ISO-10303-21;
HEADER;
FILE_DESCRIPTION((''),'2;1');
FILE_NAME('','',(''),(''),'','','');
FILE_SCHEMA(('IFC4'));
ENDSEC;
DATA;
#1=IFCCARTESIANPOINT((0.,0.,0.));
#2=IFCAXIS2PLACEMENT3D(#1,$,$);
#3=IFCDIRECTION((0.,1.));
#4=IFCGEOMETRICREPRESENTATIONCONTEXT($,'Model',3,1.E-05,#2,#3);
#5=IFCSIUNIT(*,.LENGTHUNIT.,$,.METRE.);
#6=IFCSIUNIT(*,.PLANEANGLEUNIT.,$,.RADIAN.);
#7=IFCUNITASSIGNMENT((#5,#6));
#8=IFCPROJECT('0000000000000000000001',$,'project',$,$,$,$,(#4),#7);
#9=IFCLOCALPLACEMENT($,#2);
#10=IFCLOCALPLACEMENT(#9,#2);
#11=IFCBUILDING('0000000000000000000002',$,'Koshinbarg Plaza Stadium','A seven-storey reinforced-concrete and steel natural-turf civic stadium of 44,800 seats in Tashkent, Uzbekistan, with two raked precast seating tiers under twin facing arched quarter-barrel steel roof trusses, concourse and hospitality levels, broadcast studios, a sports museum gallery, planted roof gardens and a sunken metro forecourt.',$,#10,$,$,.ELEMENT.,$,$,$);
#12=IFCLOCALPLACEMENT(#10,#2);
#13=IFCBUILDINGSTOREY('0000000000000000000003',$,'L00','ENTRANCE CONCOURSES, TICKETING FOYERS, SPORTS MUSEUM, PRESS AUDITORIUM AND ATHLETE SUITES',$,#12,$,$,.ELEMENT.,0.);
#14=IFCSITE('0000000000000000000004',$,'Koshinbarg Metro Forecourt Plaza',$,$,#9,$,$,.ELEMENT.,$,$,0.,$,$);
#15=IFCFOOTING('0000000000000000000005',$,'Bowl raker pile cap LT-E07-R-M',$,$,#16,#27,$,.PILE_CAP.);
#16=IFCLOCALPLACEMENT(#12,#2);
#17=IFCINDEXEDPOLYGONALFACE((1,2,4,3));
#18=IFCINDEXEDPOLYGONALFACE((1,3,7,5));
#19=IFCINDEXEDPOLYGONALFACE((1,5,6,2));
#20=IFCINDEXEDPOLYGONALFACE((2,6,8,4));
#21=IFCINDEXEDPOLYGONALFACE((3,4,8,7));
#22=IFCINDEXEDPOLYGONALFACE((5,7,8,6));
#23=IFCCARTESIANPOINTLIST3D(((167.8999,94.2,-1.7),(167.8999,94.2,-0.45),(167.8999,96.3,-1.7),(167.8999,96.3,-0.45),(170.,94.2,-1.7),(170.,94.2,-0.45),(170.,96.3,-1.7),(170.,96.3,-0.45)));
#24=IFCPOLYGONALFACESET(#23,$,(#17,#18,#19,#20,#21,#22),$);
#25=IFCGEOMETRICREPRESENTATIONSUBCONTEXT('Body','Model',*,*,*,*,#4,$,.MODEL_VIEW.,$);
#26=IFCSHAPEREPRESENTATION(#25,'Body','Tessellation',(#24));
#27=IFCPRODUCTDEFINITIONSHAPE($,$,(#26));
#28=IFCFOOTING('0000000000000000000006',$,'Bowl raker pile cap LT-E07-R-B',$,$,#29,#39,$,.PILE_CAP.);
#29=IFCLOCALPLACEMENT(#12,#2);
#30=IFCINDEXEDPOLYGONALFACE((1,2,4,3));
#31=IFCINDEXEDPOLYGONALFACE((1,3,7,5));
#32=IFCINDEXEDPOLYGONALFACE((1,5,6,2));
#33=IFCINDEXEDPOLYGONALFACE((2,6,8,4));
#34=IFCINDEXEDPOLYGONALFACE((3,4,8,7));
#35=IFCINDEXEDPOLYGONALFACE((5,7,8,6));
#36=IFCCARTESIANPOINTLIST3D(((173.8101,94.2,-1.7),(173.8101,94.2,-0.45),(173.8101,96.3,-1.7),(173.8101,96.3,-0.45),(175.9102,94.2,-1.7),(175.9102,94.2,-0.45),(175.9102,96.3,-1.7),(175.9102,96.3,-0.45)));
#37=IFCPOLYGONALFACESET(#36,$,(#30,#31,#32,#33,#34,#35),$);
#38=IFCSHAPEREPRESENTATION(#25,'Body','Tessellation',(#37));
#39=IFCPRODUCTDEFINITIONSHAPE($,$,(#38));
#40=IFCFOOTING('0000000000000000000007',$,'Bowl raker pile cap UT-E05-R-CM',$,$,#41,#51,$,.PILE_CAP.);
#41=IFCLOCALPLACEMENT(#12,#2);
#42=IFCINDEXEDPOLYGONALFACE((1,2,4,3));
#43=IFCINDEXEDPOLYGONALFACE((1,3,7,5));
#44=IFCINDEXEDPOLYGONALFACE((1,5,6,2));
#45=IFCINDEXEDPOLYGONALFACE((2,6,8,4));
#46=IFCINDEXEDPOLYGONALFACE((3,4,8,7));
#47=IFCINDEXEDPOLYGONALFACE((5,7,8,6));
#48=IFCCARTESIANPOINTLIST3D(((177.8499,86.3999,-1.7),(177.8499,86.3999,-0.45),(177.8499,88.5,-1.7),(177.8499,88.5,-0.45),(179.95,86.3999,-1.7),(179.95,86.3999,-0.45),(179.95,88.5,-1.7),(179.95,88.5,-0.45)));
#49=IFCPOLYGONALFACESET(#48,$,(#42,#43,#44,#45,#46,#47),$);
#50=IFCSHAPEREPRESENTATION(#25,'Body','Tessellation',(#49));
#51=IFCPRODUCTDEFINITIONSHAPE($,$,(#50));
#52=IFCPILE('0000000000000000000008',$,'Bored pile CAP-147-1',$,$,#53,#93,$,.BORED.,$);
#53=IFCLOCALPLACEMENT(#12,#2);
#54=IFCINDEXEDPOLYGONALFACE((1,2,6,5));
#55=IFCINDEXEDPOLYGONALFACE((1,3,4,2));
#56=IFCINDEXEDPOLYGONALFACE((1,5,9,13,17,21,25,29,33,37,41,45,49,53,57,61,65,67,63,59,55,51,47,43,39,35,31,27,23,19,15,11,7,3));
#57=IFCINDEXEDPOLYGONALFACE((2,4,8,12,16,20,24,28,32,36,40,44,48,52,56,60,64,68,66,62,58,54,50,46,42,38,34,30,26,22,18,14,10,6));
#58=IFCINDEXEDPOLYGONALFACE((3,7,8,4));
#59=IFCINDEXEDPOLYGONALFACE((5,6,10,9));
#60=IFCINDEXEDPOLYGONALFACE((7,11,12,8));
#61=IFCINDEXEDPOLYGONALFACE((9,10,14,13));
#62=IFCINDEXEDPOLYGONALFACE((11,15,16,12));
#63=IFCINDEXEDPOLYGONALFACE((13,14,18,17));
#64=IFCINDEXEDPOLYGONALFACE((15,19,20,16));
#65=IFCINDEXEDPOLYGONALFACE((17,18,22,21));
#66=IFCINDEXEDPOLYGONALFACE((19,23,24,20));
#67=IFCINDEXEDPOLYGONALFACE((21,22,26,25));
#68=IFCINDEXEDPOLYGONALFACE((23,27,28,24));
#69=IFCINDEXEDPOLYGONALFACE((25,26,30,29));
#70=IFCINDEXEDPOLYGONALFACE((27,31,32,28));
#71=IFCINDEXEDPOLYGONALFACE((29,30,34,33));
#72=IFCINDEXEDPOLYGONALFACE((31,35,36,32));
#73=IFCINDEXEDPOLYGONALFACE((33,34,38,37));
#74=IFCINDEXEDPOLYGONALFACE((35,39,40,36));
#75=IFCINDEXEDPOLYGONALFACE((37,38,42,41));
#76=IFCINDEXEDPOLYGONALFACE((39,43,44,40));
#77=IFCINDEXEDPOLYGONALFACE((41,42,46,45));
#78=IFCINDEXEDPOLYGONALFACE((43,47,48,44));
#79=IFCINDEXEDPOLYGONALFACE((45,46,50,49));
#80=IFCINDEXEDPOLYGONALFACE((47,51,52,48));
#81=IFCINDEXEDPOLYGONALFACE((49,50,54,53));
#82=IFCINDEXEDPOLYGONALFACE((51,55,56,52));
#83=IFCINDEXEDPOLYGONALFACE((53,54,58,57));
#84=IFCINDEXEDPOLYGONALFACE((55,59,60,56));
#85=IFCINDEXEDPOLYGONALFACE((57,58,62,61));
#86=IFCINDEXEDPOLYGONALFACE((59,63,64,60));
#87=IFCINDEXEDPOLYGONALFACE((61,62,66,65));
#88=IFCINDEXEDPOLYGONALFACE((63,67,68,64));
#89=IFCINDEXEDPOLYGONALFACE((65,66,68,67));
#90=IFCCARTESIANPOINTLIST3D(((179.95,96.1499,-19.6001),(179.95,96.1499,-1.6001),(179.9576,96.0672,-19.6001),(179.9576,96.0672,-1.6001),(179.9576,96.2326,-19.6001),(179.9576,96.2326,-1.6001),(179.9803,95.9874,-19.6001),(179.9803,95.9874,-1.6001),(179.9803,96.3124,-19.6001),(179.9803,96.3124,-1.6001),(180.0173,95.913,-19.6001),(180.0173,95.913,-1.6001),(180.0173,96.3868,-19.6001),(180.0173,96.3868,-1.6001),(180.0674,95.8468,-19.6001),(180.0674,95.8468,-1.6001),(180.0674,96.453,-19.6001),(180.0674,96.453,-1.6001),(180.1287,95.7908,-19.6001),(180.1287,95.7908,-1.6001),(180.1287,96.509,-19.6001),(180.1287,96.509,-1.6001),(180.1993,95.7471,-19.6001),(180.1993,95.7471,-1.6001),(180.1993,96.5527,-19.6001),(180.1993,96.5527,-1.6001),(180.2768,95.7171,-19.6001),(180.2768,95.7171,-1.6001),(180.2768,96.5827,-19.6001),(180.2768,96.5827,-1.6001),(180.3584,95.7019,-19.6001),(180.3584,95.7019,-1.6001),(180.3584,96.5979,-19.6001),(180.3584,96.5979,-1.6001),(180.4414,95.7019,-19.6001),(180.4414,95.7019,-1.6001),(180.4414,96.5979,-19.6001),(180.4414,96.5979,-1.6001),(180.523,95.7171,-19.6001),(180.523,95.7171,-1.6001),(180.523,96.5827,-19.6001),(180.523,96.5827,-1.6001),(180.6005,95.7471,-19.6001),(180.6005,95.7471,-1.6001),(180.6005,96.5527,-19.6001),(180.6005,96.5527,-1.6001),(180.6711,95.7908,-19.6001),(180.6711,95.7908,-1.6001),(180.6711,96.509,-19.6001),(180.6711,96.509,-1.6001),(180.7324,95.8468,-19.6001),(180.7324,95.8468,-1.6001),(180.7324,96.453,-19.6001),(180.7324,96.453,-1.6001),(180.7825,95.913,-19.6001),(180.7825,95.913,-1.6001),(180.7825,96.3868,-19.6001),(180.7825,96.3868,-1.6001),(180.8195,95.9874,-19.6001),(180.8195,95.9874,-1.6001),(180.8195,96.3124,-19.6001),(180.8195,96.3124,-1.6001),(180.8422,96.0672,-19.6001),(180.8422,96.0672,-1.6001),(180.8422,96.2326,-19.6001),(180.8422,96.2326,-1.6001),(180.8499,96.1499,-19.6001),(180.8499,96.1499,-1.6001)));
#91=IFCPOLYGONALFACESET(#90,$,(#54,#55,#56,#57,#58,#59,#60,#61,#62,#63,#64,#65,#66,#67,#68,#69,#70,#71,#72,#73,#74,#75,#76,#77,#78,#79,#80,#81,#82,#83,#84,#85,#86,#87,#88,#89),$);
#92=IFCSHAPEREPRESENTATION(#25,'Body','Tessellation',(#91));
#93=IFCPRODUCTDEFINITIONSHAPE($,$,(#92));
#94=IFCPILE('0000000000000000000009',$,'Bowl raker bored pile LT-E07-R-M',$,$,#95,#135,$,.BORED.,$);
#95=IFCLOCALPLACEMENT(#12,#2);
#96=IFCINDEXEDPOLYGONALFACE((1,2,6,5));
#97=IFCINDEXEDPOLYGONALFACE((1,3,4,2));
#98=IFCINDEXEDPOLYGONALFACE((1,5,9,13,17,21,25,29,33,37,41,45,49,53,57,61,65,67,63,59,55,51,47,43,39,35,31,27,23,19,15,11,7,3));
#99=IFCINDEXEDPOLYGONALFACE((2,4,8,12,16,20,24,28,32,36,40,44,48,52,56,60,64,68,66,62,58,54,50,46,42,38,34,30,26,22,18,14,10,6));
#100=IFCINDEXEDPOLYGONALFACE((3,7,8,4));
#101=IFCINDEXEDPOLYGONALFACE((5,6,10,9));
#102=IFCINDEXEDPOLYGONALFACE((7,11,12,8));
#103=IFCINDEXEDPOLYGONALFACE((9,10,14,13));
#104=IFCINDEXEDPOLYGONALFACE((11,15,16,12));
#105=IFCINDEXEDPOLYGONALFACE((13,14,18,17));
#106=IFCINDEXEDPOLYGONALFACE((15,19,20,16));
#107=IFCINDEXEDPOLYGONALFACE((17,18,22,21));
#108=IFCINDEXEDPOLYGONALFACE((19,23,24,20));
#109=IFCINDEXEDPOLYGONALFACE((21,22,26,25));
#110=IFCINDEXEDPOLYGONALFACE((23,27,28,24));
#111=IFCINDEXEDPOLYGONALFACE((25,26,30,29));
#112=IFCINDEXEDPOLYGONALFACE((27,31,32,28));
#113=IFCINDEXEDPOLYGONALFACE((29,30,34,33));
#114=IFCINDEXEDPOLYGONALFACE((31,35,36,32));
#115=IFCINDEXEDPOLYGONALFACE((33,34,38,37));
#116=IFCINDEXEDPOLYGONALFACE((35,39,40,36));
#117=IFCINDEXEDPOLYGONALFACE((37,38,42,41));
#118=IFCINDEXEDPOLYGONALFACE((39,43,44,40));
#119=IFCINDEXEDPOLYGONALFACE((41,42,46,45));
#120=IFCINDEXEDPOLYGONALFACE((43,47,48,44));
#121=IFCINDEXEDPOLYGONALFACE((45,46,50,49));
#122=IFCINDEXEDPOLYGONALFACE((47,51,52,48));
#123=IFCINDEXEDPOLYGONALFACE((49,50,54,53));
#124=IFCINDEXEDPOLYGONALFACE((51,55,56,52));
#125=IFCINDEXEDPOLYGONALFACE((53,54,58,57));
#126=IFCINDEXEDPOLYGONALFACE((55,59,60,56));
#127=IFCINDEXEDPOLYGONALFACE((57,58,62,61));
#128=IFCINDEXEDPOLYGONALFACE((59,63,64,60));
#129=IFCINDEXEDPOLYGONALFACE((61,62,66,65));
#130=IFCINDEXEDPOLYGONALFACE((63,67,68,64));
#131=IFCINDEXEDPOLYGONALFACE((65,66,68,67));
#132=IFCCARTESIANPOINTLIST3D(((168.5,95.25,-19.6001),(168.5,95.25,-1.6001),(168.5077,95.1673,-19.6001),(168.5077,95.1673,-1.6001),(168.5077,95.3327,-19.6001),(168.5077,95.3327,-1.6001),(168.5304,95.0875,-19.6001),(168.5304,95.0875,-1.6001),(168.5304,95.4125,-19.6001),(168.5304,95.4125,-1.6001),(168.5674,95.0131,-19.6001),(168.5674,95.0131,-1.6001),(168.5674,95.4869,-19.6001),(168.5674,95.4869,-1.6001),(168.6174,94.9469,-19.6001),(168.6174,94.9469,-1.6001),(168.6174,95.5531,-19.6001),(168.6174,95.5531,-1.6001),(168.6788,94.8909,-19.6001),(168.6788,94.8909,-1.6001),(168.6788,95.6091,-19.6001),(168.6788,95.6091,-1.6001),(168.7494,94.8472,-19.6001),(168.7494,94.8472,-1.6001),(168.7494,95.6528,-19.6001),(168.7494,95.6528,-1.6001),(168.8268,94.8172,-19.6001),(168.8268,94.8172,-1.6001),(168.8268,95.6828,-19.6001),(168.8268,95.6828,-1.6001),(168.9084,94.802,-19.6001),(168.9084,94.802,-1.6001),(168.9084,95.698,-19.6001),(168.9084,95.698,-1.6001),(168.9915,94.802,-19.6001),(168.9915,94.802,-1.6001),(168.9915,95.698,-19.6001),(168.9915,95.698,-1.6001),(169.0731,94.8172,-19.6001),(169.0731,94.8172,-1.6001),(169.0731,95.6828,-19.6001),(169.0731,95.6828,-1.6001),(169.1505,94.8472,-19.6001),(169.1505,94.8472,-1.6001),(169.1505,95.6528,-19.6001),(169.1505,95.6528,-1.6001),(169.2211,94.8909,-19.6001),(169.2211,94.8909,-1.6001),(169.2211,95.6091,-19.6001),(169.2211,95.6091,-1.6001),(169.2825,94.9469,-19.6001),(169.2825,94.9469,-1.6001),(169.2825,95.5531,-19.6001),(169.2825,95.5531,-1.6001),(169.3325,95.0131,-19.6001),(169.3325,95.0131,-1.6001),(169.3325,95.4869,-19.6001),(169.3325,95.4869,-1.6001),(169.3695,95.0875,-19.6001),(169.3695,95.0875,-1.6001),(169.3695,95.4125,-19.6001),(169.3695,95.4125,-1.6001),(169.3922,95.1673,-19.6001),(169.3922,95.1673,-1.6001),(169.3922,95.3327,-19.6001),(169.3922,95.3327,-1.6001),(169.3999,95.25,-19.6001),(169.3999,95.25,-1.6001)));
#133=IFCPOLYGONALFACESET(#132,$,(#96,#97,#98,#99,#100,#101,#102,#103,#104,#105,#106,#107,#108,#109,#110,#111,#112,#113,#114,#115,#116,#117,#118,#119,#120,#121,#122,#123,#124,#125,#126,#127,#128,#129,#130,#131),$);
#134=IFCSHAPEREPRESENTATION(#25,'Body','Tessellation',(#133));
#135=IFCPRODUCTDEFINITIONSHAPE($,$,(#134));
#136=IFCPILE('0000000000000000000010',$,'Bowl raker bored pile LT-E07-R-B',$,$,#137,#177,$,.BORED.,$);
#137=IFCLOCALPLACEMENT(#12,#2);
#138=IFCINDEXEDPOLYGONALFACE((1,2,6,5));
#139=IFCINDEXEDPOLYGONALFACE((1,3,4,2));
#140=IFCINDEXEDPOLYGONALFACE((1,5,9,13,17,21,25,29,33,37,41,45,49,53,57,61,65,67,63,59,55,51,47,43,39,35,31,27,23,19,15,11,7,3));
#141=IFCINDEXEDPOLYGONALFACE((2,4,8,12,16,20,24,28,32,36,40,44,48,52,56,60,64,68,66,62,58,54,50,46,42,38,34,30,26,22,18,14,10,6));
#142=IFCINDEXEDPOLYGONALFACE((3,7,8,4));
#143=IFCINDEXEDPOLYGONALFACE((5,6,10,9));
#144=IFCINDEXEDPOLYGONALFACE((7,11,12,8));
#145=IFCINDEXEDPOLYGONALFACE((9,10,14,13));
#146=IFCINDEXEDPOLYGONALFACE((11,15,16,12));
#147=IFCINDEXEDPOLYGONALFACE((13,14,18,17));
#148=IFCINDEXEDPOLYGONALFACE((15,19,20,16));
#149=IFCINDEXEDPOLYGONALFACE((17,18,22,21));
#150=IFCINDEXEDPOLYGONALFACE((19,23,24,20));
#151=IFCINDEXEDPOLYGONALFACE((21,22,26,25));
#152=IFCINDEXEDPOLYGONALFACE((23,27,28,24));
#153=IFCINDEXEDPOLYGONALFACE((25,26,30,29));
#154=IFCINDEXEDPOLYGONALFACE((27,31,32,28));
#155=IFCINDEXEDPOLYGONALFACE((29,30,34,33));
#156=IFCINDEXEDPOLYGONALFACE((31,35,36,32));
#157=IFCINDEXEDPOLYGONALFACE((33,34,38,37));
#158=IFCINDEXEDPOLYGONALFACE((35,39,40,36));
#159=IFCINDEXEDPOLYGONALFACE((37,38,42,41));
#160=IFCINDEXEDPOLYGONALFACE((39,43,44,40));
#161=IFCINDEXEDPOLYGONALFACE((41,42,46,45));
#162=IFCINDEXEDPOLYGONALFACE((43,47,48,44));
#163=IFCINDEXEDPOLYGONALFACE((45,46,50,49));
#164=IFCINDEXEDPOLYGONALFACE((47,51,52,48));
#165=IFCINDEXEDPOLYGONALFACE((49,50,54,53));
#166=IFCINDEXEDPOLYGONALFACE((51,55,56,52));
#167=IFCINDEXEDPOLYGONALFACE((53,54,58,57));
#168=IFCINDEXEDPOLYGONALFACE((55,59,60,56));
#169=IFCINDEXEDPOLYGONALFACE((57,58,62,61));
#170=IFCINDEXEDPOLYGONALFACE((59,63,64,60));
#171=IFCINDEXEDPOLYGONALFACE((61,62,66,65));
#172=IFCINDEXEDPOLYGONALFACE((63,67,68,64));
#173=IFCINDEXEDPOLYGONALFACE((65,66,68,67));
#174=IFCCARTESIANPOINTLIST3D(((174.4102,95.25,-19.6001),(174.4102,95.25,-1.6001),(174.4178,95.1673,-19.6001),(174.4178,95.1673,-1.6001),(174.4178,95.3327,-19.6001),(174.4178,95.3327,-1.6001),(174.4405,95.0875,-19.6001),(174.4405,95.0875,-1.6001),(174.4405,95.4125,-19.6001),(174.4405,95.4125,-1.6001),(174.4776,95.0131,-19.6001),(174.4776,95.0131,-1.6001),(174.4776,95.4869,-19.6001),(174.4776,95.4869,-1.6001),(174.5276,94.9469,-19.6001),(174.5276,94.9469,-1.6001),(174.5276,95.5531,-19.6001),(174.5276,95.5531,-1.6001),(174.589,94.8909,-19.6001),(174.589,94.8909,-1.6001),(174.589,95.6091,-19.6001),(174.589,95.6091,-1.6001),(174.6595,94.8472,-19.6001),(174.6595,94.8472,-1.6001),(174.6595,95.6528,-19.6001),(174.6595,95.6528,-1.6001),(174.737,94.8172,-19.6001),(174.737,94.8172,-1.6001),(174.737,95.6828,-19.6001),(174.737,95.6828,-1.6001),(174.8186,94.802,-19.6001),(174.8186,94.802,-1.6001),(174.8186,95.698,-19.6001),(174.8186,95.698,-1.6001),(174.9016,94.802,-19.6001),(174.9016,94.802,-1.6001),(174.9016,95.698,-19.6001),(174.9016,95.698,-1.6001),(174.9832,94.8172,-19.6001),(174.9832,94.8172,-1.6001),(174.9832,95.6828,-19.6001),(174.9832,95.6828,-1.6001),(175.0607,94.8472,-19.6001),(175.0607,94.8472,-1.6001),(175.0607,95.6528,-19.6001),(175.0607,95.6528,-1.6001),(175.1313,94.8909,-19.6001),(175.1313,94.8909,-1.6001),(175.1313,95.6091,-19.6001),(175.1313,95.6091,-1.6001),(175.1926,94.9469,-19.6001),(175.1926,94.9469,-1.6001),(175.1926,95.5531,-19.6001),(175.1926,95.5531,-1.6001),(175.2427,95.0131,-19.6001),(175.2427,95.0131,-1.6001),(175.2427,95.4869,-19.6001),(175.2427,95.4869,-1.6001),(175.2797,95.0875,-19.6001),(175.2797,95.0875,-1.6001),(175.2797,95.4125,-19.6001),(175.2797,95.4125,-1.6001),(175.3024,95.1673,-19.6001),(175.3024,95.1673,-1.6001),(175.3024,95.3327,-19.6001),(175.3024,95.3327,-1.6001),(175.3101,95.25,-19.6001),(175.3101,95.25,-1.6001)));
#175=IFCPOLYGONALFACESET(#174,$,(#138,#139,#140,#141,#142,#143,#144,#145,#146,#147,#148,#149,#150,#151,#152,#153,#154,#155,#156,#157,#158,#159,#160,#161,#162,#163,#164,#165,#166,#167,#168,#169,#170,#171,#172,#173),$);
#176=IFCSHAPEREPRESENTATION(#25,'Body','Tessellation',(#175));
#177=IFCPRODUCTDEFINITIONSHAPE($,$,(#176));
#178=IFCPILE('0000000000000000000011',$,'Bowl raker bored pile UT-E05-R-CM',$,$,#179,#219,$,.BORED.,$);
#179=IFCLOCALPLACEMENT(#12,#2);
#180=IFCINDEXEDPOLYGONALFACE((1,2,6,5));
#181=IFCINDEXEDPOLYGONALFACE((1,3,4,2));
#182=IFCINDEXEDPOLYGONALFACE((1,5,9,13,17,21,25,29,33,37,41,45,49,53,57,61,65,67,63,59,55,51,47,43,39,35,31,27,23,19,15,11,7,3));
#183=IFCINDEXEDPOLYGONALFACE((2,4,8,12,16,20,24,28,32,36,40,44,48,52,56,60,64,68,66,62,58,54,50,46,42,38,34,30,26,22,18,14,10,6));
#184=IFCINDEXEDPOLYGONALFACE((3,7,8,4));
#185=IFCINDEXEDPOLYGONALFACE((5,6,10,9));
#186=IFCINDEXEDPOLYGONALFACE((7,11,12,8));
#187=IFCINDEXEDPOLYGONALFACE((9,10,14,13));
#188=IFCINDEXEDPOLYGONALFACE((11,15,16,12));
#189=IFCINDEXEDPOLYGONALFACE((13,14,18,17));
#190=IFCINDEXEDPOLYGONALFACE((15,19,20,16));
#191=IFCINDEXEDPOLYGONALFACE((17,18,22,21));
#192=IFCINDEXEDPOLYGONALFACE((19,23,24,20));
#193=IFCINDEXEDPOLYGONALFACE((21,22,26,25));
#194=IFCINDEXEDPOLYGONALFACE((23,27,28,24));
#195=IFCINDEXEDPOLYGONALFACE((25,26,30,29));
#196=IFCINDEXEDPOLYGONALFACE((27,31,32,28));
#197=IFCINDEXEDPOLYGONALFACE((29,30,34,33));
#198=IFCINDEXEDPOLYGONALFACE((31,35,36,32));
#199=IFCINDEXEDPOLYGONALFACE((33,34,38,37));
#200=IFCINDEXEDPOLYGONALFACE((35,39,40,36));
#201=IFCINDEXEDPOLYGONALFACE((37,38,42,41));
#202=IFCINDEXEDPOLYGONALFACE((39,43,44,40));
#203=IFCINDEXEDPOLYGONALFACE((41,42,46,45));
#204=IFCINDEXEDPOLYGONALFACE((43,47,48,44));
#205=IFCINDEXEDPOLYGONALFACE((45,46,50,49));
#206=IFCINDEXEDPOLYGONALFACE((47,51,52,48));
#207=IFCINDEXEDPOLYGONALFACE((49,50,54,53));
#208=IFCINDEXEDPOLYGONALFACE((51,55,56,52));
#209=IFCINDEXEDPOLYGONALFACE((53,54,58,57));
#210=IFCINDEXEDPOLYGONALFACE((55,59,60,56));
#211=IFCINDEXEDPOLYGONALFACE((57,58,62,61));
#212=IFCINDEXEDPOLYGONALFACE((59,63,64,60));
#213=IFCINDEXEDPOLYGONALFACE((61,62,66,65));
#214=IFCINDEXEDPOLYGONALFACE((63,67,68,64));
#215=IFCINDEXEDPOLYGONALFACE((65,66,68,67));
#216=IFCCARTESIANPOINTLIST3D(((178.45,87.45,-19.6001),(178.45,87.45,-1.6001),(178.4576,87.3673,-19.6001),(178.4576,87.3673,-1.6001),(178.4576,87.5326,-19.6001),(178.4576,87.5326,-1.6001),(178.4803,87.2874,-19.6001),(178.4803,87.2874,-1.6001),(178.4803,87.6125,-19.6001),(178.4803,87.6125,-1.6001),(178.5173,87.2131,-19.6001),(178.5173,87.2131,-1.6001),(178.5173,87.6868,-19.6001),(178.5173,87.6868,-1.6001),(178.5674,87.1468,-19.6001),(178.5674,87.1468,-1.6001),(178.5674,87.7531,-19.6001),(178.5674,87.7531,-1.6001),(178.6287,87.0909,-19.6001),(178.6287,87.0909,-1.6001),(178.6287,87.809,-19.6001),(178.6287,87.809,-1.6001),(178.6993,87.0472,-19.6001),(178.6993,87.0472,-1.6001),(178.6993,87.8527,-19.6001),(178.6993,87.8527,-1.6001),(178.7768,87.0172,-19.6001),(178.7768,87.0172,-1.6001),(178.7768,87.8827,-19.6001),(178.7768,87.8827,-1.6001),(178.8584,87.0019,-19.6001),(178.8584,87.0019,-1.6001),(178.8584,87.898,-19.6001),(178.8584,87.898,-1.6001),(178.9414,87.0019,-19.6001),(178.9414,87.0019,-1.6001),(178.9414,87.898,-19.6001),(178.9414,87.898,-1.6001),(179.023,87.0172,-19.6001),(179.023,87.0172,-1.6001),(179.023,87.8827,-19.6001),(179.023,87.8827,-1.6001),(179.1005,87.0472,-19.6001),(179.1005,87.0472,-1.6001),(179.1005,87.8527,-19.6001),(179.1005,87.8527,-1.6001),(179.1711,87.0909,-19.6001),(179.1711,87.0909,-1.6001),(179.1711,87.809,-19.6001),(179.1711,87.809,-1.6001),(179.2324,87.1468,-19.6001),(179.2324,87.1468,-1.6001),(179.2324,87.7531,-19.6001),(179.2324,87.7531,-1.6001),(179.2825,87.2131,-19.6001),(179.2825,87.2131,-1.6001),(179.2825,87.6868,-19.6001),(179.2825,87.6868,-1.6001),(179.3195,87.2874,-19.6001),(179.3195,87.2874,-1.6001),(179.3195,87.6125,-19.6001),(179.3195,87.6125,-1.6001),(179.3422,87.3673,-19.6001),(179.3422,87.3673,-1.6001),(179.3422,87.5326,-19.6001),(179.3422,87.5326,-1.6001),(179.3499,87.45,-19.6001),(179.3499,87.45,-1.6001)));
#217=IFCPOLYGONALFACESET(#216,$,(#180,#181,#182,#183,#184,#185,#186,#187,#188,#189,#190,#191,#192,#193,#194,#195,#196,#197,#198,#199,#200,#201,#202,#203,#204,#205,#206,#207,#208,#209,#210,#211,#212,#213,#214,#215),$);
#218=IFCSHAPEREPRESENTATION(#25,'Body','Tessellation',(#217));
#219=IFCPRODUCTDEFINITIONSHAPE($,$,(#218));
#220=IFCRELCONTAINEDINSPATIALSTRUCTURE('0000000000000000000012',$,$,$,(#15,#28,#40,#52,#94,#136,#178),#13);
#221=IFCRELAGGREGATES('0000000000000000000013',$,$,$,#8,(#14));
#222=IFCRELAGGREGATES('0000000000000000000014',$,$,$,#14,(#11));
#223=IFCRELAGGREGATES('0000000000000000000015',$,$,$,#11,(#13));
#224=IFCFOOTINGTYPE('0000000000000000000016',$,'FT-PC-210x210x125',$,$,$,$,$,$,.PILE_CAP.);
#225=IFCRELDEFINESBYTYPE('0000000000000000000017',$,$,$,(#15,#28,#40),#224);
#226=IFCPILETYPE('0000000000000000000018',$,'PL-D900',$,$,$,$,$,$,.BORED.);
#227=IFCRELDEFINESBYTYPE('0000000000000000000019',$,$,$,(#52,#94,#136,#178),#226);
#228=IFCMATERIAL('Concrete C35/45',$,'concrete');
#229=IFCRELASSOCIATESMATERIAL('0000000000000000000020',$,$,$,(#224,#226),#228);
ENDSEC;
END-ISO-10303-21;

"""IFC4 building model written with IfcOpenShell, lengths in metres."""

from ifc_helpers import new_model, si_unit, direction, frame, origin, origin_2d, place, context, subcontext, project, spatial, rectangle, circle, extrude, material, material_profile, profile_set, type_object, element, save


model = new_model("IFC4")

# Units and contexts
model_context = context("Model", 3, precision=1e-05, world=origin(), true_north=direction((0.0, 1.0)))
body_context = subcontext(model_context, "Body", "Model", "MODEL_VIEW")
ifc_project = project(units=[si_unit("LENGTHUNIT", "METRE"), si_unit("PLANEANGLEUNIT", "RADIAN")], contexts=[model_context])

# Site, building, storey
site_placement = place(None, origin())
site = spatial("IfcSite", under=ifc_project, at=site_placement, Name="Koshinbarg Metro Forecourt Plaza", CompositionType="ELEMENT", RefElevation=0.0)
building_placement = place(site_placement, origin())
building = spatial("IfcBuilding", under=site, at=building_placement, Name="Koshinbarg Plaza Stadium", Description="A seven-storey reinforced-concrete and steel natural-turf civic stadium of 44,800 seats in Tashkent, Uzbekistan, with two raked precast seating tiers under twin facing arched quarter-barrel steel roof trusses, concourse and hospitality levels, broadcast studios, a sports museum gallery, planted roof gardens and a sunken metro forecourt.", CompositionType="ELEMENT")
storey_placement = place(building_placement, origin())
storey = spatial("IfcBuildingStorey", under=building, at=storey_placement, Name="L00", Description="ENTRANCE CONCOURSES, TICKETING FOYERS, SPORTS MUSEUM, PRESS AUDITORIUM AND ATHLETE SUITES", CompositionType="ELEMENT", Elevation=0.0)

# Footings
ifc_material_1 = material(Name="Concrete C35/45", Category="concrete")
footing_type = type_object("IfcFootingType", Name="FT-PC-210x210x125", PredefinedType="PILE_CAP", material=ifc_material_1)
for number, where, z_axis, x_axis, name in (
    (1, (168.95, 95.25, -1.7), (0.0, 0.0, 1.0), (1.0, 0.0, 0.0), "Bowl raker pile cap LT-E07-R-M"),
    (2, (174.8601, 95.25, -1.7), (0.0, 0.0, 1.0), (1.0, 0.0, 0.0), "Bowl raker pile cap LT-E07-R-B"),
    (3, (178.8999, 87.45, -1.7), (0.0, 0.0, 1.0), (1.0, 0.0, 0.0), "Bowl raker pile cap UT-E05-R-CM"),
):
    element("IfcFooting", number, at=place(storey_placement, frame(where, z_axis=z_axis, x_axis=x_axis)), inside=storey, type_object=footing_type, Name=name, PredefinedType="PILE_CAP", context=body_context, shape_type="SweptSolid", body=[
        extrude(rectangle(XDim=2.1001, YDim=2.1001, at=origin_2d()), origin(), (0.0, 0.0, 1.0), 1.25),
    ])

# Piles
ifc_material_profile_1 = material_profile(ifc_material_1, circle(Radius=0.45, at=origin_2d()), Name="PILE D900")
ifc_profile_set_1 = profile_set([ifc_material_profile_1], Name="Concrete C35/45")
pile_type = type_object("IfcPileType", Name="PL-D900", PredefinedType="BORED", material=ifc_profile_set_1)
for number, where, z_axis, x_axis, name in (
    (4, (180.3999, 96.1499, -1.6001), (0.0, 0.0, -1.0), (1.0, 0.0, 0.0), "Bored pile CAP-147-1"),
    (5, (168.95, 95.25, -1.6001), (0.0, 0.0, -1.0), (1.0, 0.0, 0.0), "Bowl raker bored pile LT-E07-R-M"),
    (6, (174.8601, 95.25, -1.6001), (0.0, 0.0, -1.0), (1.0, 0.0, 0.0), "Bowl raker bored pile LT-E07-R-B"),
    (7, (178.8999, 87.45, -1.6001), (0.0, 0.0, -1.0), (1.0, 0.0, 0.0), "Bowl raker bored pile UT-E05-R-CM"),
):
    element("IfcPile", number, at=place(storey_placement, frame(where, z_axis=z_axis, x_axis=x_axis)), inside=storey, type_object=pile_type, Name=name, PredefinedType="BORED", context=body_context, shape_type="SweptSolid", body=[
        extrude(circle(Radius=0.45, at=origin_2d()), origin(), (0.0, 0.0, 1.0), 18.0),
    ])

save(model, "model.ifc")
